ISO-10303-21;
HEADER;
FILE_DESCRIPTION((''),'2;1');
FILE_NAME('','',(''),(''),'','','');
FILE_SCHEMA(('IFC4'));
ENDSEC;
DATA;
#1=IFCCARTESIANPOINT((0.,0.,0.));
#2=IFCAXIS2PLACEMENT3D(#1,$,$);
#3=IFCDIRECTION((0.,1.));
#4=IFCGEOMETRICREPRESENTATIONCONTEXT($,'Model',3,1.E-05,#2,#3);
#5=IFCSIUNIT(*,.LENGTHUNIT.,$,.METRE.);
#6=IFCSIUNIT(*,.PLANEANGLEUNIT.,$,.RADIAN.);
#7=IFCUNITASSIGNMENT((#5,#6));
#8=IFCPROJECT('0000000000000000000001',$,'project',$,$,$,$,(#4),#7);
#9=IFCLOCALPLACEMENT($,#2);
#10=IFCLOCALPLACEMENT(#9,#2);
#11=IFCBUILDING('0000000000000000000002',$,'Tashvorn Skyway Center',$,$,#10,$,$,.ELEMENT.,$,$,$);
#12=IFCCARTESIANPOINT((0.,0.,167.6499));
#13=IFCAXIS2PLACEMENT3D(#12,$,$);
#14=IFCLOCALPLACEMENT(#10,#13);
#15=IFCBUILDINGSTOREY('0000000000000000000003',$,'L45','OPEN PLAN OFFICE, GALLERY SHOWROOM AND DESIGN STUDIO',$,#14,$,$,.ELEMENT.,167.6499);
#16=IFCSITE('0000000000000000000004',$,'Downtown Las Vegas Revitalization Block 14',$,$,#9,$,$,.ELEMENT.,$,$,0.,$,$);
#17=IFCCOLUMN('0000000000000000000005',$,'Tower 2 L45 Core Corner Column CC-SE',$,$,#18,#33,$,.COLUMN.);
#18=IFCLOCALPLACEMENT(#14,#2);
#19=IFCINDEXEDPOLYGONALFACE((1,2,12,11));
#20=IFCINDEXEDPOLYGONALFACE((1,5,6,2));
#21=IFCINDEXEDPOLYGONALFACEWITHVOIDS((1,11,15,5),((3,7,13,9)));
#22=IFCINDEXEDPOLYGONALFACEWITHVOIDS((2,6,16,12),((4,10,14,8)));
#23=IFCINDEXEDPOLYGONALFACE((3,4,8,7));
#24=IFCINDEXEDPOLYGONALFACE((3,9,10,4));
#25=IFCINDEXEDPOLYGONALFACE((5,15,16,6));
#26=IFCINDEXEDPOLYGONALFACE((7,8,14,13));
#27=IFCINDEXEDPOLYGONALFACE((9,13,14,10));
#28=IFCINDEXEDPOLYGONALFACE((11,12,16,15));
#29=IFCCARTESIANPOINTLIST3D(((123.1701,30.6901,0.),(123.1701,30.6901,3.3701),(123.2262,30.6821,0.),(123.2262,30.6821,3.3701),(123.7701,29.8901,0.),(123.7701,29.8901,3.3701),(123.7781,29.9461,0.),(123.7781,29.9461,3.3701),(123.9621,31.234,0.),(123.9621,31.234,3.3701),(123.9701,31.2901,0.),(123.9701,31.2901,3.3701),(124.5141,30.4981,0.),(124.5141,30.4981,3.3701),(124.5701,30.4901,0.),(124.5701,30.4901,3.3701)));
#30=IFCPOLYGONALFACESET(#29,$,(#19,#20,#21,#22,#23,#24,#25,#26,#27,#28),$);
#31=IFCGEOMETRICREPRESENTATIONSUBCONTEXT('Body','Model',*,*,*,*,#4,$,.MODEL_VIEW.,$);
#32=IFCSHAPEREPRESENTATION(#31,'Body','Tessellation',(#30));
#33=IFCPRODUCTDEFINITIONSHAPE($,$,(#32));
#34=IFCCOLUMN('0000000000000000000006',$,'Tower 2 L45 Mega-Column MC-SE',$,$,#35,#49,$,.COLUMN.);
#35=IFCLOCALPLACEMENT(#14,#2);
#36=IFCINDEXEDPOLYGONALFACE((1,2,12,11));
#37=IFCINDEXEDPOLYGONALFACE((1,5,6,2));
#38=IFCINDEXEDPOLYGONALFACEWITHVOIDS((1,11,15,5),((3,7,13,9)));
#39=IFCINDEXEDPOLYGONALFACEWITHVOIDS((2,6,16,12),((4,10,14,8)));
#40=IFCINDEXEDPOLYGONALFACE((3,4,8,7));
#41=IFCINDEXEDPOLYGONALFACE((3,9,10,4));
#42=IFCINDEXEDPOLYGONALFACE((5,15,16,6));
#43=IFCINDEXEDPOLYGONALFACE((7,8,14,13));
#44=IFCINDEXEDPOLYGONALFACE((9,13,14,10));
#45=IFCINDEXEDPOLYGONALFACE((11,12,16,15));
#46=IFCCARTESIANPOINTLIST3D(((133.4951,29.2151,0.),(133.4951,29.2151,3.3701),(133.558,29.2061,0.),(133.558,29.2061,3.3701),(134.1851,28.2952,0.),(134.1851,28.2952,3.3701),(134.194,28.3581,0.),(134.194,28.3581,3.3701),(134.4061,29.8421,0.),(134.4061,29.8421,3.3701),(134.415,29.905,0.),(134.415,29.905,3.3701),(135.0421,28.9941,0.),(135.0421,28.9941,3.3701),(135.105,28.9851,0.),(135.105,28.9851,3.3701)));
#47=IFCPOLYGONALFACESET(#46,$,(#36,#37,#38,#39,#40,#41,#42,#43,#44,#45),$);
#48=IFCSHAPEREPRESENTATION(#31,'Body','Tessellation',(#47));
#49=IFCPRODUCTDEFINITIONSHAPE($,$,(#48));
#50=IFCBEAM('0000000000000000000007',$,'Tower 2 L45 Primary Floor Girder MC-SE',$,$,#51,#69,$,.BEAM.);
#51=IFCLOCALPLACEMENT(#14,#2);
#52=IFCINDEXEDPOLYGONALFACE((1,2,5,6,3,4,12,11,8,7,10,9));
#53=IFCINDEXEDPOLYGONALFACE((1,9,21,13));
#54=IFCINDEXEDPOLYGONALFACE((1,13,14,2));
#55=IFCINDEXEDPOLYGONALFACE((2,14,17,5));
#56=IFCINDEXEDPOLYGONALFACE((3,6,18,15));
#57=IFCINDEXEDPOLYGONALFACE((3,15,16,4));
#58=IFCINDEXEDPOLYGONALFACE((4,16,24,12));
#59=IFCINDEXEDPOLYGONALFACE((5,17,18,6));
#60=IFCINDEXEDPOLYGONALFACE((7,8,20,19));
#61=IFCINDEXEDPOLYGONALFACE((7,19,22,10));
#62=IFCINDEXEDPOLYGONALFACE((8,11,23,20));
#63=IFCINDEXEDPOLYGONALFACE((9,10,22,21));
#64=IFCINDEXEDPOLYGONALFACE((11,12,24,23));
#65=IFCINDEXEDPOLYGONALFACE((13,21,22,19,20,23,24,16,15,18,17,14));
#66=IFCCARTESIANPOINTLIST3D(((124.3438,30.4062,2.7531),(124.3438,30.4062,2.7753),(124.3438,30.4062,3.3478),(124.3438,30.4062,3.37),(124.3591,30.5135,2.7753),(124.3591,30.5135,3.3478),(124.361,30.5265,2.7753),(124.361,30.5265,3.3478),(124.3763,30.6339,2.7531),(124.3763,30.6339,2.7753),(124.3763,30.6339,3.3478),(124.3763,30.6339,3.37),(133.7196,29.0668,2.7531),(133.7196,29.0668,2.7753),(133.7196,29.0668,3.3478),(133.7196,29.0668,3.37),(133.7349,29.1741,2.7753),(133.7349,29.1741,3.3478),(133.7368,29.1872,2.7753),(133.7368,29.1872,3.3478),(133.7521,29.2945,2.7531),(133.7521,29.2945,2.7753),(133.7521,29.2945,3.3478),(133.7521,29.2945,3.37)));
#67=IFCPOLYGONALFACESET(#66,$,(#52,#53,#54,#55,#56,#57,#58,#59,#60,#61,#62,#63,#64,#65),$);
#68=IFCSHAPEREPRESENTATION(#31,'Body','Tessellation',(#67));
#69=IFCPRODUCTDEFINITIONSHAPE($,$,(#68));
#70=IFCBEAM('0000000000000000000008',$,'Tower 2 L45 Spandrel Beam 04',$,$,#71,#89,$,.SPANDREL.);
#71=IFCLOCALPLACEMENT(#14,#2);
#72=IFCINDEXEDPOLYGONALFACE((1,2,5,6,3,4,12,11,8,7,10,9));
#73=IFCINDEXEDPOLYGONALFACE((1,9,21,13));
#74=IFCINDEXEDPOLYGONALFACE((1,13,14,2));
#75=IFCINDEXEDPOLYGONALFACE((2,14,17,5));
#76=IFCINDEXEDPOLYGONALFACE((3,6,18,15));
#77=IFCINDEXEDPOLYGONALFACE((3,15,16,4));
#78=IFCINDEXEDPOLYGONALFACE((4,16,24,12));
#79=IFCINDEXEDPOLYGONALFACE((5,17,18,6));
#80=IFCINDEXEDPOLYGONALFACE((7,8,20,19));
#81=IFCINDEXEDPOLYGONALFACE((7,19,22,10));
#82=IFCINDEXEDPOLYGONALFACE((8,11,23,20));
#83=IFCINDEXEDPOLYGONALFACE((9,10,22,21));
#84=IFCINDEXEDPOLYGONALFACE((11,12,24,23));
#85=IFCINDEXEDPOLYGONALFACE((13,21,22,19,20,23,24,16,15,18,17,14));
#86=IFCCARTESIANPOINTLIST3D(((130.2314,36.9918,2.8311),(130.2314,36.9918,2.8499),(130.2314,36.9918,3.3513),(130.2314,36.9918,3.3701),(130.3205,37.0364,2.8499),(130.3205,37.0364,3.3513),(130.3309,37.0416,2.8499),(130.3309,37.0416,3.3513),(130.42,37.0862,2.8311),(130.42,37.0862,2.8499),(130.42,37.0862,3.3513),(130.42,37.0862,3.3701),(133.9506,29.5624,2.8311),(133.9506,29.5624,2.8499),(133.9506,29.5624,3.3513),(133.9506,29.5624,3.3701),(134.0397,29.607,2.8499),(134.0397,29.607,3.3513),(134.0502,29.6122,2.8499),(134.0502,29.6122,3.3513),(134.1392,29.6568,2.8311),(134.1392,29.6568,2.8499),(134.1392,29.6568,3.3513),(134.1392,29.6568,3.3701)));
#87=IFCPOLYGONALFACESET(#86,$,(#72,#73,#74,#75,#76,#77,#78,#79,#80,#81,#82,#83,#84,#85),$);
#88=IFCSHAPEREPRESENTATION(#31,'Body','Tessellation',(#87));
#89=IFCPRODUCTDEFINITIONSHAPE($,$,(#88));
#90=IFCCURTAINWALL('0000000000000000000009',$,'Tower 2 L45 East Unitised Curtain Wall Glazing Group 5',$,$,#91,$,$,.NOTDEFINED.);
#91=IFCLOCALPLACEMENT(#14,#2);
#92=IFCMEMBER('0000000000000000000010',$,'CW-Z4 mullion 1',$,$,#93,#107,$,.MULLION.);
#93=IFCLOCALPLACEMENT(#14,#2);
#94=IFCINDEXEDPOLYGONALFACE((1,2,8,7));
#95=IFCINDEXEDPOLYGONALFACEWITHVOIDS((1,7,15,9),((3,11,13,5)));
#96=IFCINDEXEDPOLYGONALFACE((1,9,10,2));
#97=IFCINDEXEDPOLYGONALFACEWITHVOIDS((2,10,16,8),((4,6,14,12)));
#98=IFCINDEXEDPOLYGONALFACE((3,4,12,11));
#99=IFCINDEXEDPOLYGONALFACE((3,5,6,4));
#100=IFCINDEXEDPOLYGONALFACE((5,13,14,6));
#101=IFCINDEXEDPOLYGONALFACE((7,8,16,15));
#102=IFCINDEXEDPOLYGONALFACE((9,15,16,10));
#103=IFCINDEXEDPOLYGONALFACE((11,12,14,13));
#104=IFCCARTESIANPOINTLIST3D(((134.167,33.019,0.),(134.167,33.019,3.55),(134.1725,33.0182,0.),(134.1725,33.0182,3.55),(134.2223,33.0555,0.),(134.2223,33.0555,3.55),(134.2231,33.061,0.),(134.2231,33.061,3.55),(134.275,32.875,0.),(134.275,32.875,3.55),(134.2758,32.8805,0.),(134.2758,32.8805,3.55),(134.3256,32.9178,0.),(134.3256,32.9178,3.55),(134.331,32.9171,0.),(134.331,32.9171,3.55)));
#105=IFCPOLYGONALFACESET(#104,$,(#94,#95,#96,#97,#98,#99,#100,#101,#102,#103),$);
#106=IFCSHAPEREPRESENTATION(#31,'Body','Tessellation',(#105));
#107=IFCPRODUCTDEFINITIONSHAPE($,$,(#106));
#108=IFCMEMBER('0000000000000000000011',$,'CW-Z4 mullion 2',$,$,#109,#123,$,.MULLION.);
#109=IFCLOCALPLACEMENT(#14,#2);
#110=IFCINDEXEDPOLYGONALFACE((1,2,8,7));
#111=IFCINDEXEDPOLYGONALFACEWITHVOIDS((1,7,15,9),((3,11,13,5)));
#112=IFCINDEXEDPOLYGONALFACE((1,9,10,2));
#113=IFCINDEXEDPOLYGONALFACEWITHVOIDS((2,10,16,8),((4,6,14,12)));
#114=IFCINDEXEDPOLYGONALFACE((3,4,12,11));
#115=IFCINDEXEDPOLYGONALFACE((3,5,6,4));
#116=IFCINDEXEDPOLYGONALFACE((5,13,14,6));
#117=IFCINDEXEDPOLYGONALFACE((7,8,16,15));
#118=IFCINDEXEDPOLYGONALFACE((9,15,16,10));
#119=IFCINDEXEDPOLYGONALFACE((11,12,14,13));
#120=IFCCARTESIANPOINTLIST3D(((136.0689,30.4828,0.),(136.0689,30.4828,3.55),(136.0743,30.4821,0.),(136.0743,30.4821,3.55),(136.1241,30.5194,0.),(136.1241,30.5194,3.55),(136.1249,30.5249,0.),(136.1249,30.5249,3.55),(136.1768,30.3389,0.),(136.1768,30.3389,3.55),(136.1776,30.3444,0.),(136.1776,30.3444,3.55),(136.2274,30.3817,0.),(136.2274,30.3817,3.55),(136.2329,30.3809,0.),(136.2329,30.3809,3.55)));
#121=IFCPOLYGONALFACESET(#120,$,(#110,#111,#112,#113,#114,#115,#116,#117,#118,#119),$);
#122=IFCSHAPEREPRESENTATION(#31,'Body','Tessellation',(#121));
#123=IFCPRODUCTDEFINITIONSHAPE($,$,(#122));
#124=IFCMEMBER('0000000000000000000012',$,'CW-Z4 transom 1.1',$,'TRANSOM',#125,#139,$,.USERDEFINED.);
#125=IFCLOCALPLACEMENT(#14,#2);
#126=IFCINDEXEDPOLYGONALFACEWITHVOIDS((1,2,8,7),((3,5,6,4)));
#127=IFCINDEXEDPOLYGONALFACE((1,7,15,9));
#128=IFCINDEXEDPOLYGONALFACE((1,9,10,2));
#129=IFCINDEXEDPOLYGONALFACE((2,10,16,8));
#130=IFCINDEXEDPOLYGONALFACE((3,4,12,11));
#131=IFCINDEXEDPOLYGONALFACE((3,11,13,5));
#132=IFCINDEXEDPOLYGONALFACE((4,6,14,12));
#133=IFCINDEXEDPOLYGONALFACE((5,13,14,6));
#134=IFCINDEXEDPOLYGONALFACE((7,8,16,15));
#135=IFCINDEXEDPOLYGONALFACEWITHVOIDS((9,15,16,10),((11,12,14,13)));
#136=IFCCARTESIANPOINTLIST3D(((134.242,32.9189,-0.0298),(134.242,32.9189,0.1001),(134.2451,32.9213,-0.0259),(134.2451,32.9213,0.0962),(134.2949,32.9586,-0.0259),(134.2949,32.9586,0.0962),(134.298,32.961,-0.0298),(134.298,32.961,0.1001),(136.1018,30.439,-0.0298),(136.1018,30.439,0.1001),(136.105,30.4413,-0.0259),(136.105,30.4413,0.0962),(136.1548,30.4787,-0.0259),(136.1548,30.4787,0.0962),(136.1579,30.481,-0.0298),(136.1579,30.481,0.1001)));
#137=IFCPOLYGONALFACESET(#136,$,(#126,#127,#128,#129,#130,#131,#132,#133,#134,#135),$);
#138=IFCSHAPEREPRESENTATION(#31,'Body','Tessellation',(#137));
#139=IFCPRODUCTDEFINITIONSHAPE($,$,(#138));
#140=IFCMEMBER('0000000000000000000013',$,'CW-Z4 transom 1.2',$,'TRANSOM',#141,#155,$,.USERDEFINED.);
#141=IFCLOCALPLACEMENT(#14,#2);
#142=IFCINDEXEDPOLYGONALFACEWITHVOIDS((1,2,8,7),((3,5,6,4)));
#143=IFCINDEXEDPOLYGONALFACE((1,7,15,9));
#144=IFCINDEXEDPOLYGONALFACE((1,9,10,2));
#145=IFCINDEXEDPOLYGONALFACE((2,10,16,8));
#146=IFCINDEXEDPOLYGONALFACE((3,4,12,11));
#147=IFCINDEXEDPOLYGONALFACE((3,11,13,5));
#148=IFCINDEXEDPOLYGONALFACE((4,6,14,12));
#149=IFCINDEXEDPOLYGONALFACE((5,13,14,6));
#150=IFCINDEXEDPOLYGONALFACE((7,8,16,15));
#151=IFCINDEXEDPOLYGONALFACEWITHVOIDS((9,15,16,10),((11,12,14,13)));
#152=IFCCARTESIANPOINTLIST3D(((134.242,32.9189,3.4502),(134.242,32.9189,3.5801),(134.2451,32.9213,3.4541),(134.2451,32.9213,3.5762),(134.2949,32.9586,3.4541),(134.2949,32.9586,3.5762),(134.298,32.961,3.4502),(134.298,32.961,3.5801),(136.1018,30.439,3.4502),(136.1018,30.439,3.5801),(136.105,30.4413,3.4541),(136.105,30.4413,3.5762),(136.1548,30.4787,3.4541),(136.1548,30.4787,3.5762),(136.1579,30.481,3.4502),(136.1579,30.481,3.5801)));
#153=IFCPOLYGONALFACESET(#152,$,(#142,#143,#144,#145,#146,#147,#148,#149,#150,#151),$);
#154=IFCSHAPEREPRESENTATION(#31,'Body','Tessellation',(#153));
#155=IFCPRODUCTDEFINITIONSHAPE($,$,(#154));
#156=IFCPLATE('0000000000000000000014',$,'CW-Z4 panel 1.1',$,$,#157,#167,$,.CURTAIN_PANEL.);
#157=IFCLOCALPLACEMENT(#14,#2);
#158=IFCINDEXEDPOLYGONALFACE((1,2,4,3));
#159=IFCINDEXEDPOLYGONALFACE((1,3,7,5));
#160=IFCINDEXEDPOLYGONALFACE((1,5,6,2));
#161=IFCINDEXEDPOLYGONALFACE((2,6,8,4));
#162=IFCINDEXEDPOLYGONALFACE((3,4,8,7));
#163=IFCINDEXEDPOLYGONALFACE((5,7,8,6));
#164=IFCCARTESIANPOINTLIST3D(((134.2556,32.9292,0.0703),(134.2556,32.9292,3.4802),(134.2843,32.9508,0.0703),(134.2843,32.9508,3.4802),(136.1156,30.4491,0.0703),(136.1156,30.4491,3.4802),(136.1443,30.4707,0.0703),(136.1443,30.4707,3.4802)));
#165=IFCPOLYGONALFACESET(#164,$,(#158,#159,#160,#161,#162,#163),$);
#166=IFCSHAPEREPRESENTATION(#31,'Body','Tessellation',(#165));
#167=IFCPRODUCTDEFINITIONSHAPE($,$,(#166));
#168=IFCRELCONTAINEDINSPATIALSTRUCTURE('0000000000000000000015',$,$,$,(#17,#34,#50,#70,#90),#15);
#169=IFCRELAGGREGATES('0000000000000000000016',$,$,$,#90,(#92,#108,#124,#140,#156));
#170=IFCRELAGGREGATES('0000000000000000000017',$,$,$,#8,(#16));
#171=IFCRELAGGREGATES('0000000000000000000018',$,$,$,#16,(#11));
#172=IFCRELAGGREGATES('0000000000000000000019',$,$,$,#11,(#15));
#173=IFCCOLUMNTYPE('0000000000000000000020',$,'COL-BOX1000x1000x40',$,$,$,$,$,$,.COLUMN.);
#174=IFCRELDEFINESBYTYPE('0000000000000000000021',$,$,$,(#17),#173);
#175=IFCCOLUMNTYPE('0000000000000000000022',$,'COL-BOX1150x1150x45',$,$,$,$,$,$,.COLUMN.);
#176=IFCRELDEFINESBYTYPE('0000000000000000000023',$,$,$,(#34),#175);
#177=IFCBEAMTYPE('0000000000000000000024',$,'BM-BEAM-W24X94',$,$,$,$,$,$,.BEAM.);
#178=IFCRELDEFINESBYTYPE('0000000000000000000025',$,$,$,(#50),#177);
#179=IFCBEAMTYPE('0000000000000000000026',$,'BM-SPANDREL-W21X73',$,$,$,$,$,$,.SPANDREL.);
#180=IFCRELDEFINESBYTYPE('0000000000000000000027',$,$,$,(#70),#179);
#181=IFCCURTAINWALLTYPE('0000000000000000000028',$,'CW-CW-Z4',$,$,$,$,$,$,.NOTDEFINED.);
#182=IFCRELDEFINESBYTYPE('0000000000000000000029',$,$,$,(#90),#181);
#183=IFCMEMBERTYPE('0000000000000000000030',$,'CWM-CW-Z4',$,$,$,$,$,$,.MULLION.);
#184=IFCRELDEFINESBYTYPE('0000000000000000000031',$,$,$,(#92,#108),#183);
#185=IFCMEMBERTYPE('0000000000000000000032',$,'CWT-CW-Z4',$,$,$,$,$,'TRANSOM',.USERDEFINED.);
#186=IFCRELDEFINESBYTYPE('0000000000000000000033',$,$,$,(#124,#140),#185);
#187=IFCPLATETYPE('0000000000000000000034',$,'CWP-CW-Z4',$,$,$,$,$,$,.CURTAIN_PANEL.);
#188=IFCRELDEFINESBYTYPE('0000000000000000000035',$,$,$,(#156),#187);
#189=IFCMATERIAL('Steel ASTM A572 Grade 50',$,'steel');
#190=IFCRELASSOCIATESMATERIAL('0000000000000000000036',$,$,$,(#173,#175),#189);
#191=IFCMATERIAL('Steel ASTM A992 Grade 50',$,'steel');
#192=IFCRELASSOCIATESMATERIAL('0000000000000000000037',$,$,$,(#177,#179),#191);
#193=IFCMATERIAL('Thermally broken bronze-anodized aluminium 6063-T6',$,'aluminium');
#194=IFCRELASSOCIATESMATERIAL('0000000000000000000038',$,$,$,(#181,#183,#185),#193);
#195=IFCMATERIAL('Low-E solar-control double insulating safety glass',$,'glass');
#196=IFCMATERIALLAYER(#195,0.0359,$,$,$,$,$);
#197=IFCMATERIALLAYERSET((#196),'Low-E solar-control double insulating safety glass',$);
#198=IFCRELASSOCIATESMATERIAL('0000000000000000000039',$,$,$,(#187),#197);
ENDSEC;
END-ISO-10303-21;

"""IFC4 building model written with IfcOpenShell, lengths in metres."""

from ifc_helpers import new_model, si_unit, direction, frame, origin, origin_2d, place, context, subcontext, project, spatial, rectangle, hollow_rectangle, i_section, extrude, material, layer, layer_set, material_profile, profile_set, type_object, element, aggregate, save


model = new_model("IFC4")

# Units and contexts
model_context = context("Model", 3, precision=1e-05, world=origin(), true_north=direction((0.0, 1.0)))
body_context = subcontext(model_context, "Body", "Model", "MODEL_VIEW")
ifc_project = project(units=[si_unit("LENGTHUNIT", "METRE"), si_unit("PLANEANGLEUNIT", "RADIAN")], contexts=[model_context])

# Site, building, storey
site_placement = place(None, origin())
site = spatial("IfcSite", under=ifc_project, at=site_placement, Name="Downtown Las Vegas Revitalization Block 14", CompositionType="ELEMENT", RefElevation=0.0)
building_placement = place(site_placement, origin())
building = spatial("IfcBuilding", under=site, at=building_placement, Name="Tashvorn Skyway Center", CompositionType="ELEMENT")
storey_placement = place(building_placement, frame((0.0, 0.0, 167.6499)))
storey = spatial("IfcBuildingStorey", under=building, at=storey_placement, Name="L45", Description="OPEN PLAN OFFICE, GALLERY SHOWROOM AND DESIGN STUDIO", CompositionType="ELEMENT", Elevation=167.6499)

# Columns
ifc_material_1 = material(Name="Steel ASTM A572 Grade 50", Category="steel")
ifc_material_profile_1 = material_profile(ifc_material_1, hollow_rectangle(XDim=1.0, YDim=1.0, WallThickness=0.04, at=origin_2d()), Name="BOX1000x1000x40")
ifc_profile_set_1 = profile_set([ifc_material_profile_1], Name="Steel ASTM A572 Grade 50")
column_type_1 = type_object("IfcColumnType", Name="COL-BOX1000x1000x40", PredefinedType="COLUMN", material=ifc_profile_set_1)
column_1_placement = place(storey_placement, frame((123.8701, 30.5901, 0.0), z_axis=(0.0, 0.0, 1.0), x_axis=(0.8, 0.6, 0.0)))
element("IfcColumn", 1, at=column_1_placement, inside=storey, type_object=column_type_1, Name="Tower 2 L45 Core Corner Column CC-SE", PredefinedType="COLUMN", context=body_context, shape_type="SweptSolid", body=[
    extrude(hollow_rectangle(XDim=1.0, YDim=1.0, WallThickness=0.04, at=origin_2d()), origin(), (0.0, 0.0, 1.0), 3.3701),
])
ifc_material_profile_2 = material_profile(ifc_material_1, hollow_rectangle(XDim=1.1499, YDim=1.1499, WallThickness=0.0449, at=origin_2d()), Name="BOX1150x1150x45")
ifc_profile_set_2 = profile_set([ifc_material_profile_2], Name="Steel ASTM A572 Grade 50")
column_type_2 = type_object("IfcColumnType", Name="COL-BOX1150x1150x45", PredefinedType="COLUMN", material=ifc_profile_set_2)
column_2_placement = place(storey_placement, frame((134.3, 29.1001, 0.0), z_axis=(0.0, 0.0, 1.0), x_axis=(0.8, 0.6, 0.0)))
element("IfcColumn", 2, at=column_2_placement, inside=storey, type_object=column_type_2, Name="Tower 2 L45 Mega-Column MC-SE", PredefinedType="COLUMN", context=body_context, shape_type="SweptSolid", body=[
    extrude(hollow_rectangle(XDim=1.1499, YDim=1.1499, WallThickness=0.0449, at=origin_2d()), origin(), (0.0, 0.0, 1.0), 3.3701),
])

# Beams
ifc_material_2 = material(Name="Steel ASTM A992 Grade 50", Category="steel")
ifc_material_profile_3 = material_profile(ifc_material_2, i_section(OverallWidth=0.23, OverallDepth=0.6169, WebThickness=0.0132, FlangeThickness=0.0222, at=origin_2d()), Name="W24X94")
ifc_profile_set_3 = profile_set([ifc_material_profile_3], Name="Steel ASTM A992 Grade 50")
beam_type_1 = type_object("IfcBeamType", Name="BM-BEAM-W24X94", PredefinedType="BEAM", material=ifc_profile_set_3)
beam_1_placement = place(storey_placement, frame((133.7358, 29.1807, 3.0615), z_axis=(-0.98995, 0.141418, 0.0), x_axis=(-0.141418, -0.98995, 0.0)))
element("IfcBeam", 3, at=beam_1_placement, inside=storey, type_object=beam_type_1, Name="Tower 2 L45 Primary Floor Girder MC-SE", PredefinedType="BEAM", context=body_context, shape_type="SweptSolid", body=[
    extrude(i_section(OverallWidth=0.23, OverallDepth=0.6169, WebThickness=0.0132, FlangeThickness=0.0222, at=origin_2d()), origin(), (0.0, 0.0, 1.0), 9.4709),
])
ifc_material_profile_4 = material_profile(ifc_material_2, i_section(OverallWidth=0.2109, OverallDepth=0.5391, WebThickness=0.0117, FlangeThickness=0.0188, at=origin_2d()), Name="W21X73")
ifc_profile_set_4 = profile_set([ifc_material_profile_4], Name="Steel ASTM A992 Grade 50")
beam_type_2 = type_object("IfcBeamType", Name="BM-SPANDREL-W21X73", PredefinedType="SPANDREL", material=ifc_profile_set_4)
beam_2_placement = place(storey_placement, frame((134.0449, 29.6096, 3.1006), z_axis=(-0.447648, 0.89421, 0.0), x_axis=(-0.89421, -0.447648, 0.0)))
element("IfcBeam", 4, at=beam_2_placement, inside=storey, type_object=beam_type_2, Name="Tower 2 L45 Spandrel Beam 04", PredefinedType="SPANDREL", context=body_context, shape_type="SweptSolid", body=[
    extrude(i_section(OverallWidth=0.2109, OverallDepth=0.5391, WebThickness=0.0117, FlangeThickness=0.0188, at=origin_2d()), origin(), (0.0, 0.0, 1.0), 8.3083),
])

# Curtain wall, members, plate
ifc_material_3 = material(Name="Thermally broken bronze-anodized aluminium 6063-T6", Category="aluminium")
curtain_wall_type = type_object("IfcCurtainWallType", Name="CW-CW-Z4", PredefinedType="NOTDEFINED", material=ifc_material_3)
curtain_wall_placement = place(storey_placement, origin())
curtain_wall = element("IfcCurtainWall", 5, at=curtain_wall_placement, inside=storey, type_object=curtain_wall_type, Name="Tower 2 L45 East Unitised Curtain Wall Glazing Group 5", PredefinedType="NOTDEFINED")
ifc_material_profile_5 = material_profile(ifc_material_3, hollow_rectangle(XDim=0.0701, YDim=0.1799, WallThickness=0.0039, at=origin_2d()), Name="ALU-MULL-70x180")
ifc_profile_set_5 = profile_set([ifc_material_profile_5], Name="Thermally broken bronze-anodized aluminium 6063-T6")
member_type_1 = type_object("IfcMemberType", Name="CWM-CW-Z4", PredefinedType="MULLION", material=ifc_profile_set_5)
member_1_placement = place(storey_placement, frame((134.249, 32.968, 0.0), z_axis=(0.0, 0.0, 1.0), x_axis=(0.8, 0.6, 0.0)))
member_1 = element("IfcMember", 6, at=member_1_placement, type_object=member_type_1, Name="CW-Z4 mullion 1", PredefinedType="MULLION", context=body_context, shape_type="SweptSolid", body=[
    extrude(hollow_rectangle(XDim=0.0701, YDim=0.1799, WallThickness=0.0039, at=origin_2d()), origin(), (0.0, 0.0, 1.0), 3.55),
])
member_2_placement = place(storey_placement, frame((136.1509, 30.4319, 0.0), z_axis=(0.0, 0.0, 1.0), x_axis=(0.8, 0.6, 0.0)))
member_2 = element("IfcMember", 7, at=member_2_placement, type_object=member_type_1, Name="CW-Z4 mullion 2", PredefinedType="MULLION", context=body_context, shape_type="SweptSolid", body=[
    extrude(hollow_rectangle(XDim=0.0701, YDim=0.1799, WallThickness=0.0039, at=origin_2d()), origin(), (0.0, 0.0, 1.0), 3.55),
])
ifc_material_profile_6 = material_profile(ifc_material_3, hollow_rectangle(XDim=0.0701, YDim=0.1299, WallThickness=0.0039, at=origin_2d()), Name="ALU-TRAN-70x130")
ifc_profile_set_6 = profile_set([ifc_material_profile_6], Name="Thermally broken bronze-anodized aluminium 6063-T6")
member_type_2 = type_object("IfcMemberType", Name="CWT-CW-Z4", ElementType="TRANSOM", PredefinedType="USERDEFINED", material=ifc_profile_set_6)
member_3_placement = place(storey_placement, frame((134.27, 32.9399, 0.0352), z_axis=(0.599975, -0.800019, 0.0), x_axis=(0.800019, 0.599975, 0.0)))
member_3 = element("IfcMember", 8, at=member_3_placement, type_object=member_type_2, Name="CW-Z4 transom 1.1", ObjectType="TRANSOM", PredefinedType="USERDEFINED", context=body_context, shape_type="SweptSolid", body=[
    extrude(hollow_rectangle(XDim=0.0701, YDim=0.1299, WallThickness=0.0039, at=origin_2d()), origin(), (0.0, 0.0, 1.0), 3.0999),
])
member_4_placement = place(storey_placement, frame((134.27, 32.9399, 3.5151), z_axis=(0.599975, -0.800019, 0.0), x_axis=(0.800019, 0.599975, 0.0)))
member_4 = element("IfcMember", 9, at=member_4_placement, type_object=member_type_2, Name="CW-Z4 transom 1.2", ObjectType="TRANSOM", PredefinedType="USERDEFINED", context=body_context, shape_type="SweptSolid", body=[
    extrude(hollow_rectangle(XDim=0.0701, YDim=0.1299, WallThickness=0.0039, at=origin_2d()), origin(), (0.0, 0.0, 1.0), 3.0999),
])
ifc_material_4 = material(Name="Low-E solar-control double insulating safety glass", Category="glass")
ifc_layer_1 = layer(ifc_material_4, 0.0359)
ifc_layer_set_1 = layer_set([ifc_layer_1], Name="Low-E solar-control double insulating safety glass")
plate_type = type_object("IfcPlateType", Name="CWP-CW-Z4", PredefinedType="CURTAIN_PANEL", material=ifc_layer_set_1)
plate_placement = place(storey_placement, frame((135.2, 31.7, 0.0703), z_axis=(0.0, 0.0, 1.0), x_axis=(0.6, -0.8, 0.0)))
plate = element("IfcPlate", 10, at=plate_placement, type_object=plate_type, Name="CW-Z4 panel 1.1", PredefinedType="CURTAIN_PANEL", context=body_context, shape_type="SweptSolid", body=[
    extrude(rectangle(XDim=3.1001, YDim=0.0359, at=origin_2d()), origin(), (0.0, 0.0, 1.0), 3.4099),
])
aggregate(curtain_wall, [member_1, member_2, member_3, member_4, plate])

save(model, "model.ifc")
